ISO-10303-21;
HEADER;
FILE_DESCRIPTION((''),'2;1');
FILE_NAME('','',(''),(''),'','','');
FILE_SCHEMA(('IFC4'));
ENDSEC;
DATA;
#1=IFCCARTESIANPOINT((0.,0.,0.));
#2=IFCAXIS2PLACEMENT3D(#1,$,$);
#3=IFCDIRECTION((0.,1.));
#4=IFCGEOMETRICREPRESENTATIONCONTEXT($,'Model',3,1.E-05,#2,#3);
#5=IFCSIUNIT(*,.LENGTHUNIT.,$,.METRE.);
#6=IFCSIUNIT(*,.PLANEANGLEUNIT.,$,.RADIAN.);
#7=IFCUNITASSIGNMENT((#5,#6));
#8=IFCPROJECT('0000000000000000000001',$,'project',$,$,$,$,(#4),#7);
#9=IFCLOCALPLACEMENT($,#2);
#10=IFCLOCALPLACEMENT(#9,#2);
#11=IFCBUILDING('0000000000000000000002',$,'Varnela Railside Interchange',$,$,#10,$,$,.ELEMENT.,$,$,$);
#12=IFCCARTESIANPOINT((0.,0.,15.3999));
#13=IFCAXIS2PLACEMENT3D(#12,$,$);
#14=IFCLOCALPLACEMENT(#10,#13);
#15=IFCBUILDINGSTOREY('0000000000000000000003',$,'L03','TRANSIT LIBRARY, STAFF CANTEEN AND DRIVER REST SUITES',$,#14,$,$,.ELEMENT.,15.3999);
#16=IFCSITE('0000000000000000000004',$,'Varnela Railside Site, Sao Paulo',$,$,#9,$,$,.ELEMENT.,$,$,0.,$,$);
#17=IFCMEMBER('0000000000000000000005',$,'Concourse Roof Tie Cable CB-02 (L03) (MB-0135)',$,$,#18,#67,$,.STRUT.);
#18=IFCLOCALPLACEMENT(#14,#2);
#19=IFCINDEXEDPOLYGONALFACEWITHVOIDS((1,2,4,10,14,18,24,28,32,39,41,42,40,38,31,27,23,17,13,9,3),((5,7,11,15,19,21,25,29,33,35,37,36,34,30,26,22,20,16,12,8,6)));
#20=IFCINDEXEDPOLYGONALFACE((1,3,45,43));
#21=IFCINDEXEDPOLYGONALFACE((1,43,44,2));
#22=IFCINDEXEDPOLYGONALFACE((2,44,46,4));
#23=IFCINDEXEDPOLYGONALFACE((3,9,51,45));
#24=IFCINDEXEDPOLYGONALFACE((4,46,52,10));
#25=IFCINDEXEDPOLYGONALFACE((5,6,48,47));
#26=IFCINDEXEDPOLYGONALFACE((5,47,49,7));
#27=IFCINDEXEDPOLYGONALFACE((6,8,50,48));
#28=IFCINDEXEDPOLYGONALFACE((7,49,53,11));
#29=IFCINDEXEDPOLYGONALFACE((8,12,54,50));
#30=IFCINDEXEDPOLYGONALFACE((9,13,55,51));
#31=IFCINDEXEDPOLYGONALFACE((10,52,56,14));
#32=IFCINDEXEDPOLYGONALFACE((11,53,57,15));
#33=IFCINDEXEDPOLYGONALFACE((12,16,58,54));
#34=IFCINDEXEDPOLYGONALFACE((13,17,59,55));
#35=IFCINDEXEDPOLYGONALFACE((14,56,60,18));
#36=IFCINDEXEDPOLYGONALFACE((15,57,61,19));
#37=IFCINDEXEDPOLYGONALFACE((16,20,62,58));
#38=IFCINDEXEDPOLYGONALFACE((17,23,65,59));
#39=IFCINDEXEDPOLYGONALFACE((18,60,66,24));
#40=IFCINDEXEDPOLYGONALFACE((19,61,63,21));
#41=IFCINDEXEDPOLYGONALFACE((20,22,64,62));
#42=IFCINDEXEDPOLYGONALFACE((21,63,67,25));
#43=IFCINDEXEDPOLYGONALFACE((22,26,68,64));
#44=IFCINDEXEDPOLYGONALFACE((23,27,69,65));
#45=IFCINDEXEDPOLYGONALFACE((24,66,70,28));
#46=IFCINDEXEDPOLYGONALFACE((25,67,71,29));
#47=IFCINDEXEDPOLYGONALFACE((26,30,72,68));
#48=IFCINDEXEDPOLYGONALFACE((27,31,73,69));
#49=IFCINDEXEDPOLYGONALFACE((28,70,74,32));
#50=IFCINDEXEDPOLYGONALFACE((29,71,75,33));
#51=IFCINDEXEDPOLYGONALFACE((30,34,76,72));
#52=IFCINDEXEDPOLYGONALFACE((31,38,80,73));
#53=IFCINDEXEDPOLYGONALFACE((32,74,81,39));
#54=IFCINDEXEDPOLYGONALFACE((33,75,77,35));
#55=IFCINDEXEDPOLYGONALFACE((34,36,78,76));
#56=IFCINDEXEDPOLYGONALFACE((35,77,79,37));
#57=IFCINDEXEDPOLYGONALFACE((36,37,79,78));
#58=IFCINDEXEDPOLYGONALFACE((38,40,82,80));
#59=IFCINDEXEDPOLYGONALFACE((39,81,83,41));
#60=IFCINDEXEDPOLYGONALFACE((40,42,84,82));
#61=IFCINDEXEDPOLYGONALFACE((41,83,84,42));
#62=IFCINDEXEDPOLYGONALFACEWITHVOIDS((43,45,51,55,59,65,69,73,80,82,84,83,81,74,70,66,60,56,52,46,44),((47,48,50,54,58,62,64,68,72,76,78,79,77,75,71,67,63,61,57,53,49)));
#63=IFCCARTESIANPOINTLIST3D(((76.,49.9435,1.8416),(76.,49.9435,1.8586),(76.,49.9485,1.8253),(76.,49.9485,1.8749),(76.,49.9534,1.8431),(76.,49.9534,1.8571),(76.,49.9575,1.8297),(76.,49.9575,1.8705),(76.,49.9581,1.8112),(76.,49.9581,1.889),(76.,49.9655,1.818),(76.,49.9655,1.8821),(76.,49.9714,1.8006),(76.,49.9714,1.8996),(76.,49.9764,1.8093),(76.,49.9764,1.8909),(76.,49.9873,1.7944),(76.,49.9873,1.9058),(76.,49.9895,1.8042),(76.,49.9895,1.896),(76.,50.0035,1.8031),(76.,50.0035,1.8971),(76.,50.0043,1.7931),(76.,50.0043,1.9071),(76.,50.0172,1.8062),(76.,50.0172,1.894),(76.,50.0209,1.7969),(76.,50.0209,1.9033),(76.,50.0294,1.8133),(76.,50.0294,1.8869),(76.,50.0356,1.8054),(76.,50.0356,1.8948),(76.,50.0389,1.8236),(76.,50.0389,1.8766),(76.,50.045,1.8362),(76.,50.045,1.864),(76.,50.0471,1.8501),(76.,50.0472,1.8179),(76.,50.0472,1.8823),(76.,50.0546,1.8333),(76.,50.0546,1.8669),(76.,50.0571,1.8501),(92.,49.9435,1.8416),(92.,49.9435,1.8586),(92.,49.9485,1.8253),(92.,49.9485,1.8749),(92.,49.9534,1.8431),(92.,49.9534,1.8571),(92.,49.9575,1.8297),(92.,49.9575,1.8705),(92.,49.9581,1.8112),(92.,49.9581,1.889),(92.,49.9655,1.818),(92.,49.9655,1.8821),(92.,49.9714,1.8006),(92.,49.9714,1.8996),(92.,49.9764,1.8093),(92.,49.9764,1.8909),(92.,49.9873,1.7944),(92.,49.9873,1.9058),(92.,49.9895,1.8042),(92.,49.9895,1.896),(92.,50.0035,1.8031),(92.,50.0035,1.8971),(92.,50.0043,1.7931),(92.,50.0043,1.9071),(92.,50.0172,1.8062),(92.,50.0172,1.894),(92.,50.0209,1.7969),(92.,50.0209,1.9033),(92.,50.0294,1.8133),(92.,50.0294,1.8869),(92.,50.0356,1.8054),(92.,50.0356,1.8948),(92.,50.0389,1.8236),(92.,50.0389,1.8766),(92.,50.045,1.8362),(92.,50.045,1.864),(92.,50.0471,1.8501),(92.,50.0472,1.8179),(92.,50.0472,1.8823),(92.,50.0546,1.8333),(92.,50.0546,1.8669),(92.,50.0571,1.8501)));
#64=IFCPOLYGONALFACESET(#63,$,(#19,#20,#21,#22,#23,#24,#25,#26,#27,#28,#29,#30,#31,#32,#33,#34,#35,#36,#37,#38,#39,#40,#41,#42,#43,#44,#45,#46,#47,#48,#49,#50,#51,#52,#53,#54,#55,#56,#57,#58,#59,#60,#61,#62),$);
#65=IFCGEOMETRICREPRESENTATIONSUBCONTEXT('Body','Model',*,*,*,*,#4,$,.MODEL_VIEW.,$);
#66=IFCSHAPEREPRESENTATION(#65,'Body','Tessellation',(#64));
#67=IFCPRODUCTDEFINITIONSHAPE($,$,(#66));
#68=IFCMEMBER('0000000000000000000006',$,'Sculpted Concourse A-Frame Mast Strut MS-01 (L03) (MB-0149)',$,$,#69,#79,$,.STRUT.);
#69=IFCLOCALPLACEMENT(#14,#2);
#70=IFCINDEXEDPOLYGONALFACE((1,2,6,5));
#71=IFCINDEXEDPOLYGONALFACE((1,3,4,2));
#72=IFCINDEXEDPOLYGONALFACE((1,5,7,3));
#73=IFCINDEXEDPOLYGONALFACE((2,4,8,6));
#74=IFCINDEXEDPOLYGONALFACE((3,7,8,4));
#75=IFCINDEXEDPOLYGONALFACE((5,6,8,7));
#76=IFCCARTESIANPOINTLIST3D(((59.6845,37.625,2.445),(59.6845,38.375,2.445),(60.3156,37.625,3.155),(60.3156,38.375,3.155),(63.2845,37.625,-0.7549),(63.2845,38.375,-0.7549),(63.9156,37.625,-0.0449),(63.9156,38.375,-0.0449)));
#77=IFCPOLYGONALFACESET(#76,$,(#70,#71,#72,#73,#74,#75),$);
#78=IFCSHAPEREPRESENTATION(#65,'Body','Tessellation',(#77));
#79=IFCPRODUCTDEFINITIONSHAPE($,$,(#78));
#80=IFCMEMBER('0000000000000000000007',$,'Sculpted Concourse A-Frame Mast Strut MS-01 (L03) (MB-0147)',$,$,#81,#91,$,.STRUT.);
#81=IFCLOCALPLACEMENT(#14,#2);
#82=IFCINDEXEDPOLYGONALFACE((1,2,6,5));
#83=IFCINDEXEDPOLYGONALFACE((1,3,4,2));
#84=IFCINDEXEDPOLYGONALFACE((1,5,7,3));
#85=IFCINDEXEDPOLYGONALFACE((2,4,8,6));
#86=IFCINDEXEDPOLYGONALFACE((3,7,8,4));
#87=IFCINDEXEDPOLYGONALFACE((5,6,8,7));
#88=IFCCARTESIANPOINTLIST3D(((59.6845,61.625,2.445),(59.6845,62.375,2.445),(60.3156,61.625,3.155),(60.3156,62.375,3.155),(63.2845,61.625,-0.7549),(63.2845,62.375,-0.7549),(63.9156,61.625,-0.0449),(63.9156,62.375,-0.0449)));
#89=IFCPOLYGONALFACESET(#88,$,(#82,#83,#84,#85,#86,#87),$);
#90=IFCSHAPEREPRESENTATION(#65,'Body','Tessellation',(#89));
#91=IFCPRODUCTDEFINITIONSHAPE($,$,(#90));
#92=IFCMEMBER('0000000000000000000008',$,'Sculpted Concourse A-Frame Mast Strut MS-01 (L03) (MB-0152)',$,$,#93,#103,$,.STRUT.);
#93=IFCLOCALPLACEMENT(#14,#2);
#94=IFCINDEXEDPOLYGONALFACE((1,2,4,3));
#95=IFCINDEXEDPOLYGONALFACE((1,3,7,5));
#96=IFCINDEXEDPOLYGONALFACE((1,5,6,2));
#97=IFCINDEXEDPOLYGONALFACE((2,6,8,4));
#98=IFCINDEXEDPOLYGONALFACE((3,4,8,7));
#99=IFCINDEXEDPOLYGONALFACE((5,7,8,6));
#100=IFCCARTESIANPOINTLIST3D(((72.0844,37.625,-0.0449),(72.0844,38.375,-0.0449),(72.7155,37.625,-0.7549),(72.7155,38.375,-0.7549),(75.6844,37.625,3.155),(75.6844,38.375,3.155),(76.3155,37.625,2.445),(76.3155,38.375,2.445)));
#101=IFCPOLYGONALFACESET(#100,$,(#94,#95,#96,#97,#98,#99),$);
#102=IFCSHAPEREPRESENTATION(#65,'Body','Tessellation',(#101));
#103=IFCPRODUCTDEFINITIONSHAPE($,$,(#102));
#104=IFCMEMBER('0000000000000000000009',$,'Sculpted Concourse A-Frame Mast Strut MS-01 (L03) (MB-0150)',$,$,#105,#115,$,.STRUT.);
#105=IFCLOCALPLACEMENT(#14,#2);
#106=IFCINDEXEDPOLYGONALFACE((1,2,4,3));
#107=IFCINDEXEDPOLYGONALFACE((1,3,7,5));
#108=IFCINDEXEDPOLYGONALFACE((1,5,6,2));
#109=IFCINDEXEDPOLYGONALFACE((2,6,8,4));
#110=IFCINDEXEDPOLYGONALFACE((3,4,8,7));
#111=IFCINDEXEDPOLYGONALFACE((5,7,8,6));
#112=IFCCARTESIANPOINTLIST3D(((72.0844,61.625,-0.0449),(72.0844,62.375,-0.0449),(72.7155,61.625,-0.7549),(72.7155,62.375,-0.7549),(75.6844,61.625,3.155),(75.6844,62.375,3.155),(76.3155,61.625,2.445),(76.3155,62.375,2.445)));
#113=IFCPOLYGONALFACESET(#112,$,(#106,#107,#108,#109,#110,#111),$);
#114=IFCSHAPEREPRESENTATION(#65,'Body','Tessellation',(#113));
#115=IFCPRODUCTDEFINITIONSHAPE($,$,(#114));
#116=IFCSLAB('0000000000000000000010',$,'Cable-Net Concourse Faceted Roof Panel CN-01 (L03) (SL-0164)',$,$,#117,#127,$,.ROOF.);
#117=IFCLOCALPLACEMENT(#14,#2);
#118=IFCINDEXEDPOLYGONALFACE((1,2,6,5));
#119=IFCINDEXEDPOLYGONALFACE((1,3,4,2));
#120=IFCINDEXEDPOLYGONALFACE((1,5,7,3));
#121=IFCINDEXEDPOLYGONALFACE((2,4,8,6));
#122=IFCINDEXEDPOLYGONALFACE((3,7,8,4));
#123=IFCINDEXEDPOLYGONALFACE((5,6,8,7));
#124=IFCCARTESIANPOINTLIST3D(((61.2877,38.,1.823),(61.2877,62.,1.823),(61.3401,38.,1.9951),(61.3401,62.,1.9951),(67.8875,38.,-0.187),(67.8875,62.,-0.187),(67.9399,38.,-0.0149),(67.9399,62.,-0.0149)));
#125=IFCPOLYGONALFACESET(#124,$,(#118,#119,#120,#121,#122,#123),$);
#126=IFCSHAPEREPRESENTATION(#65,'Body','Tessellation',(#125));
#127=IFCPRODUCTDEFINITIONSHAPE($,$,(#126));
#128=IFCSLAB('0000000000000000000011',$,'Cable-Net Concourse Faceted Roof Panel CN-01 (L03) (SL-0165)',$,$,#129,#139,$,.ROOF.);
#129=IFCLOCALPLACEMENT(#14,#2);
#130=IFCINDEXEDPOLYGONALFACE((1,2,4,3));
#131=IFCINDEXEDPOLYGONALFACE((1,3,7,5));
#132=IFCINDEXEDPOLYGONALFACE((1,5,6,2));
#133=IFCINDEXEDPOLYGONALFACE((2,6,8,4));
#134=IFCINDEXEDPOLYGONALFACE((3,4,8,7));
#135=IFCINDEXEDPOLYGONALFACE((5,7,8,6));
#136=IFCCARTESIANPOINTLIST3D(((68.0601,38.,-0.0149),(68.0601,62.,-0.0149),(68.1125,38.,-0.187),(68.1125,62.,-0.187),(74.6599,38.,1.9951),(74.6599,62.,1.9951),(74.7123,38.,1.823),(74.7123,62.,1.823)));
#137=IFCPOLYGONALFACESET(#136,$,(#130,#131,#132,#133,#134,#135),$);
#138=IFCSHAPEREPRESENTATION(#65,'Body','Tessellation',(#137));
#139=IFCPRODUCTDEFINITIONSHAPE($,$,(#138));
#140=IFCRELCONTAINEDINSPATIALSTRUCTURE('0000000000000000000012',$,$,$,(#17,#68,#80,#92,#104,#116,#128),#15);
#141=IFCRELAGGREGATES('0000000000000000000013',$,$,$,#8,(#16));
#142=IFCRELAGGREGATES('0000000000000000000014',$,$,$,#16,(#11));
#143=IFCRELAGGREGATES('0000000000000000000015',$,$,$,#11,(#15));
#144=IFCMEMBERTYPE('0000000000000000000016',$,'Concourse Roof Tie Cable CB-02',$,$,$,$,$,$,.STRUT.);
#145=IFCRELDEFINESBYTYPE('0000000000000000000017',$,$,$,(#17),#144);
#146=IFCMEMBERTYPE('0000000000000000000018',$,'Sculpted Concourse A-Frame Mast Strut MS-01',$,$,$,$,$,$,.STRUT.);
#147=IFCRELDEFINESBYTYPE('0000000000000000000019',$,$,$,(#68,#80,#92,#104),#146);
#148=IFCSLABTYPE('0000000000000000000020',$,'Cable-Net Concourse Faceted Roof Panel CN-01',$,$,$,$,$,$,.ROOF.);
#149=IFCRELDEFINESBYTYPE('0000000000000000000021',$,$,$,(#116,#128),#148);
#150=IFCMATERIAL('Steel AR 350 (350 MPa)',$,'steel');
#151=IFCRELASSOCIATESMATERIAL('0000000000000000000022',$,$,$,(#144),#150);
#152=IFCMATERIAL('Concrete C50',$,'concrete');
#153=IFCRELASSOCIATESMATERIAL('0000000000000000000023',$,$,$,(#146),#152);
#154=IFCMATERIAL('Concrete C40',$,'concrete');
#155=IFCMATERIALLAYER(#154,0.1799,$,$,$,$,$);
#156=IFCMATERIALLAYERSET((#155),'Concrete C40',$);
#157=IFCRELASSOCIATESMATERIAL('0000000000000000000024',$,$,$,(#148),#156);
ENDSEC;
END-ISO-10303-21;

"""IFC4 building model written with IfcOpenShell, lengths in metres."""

from ifc_helpers import new_model, si_unit, direction, frame, origin, origin_2d, place, context, subcontext, project, spatial, polyline, rectangle, hollow_circle, outline, extrude, material, layer, layer_set, material_profile, profile_set, type_object, element, save


model = new_model("IFC4")

# Units and contexts
model_context = context("Model", 3, precision=1e-05, world=origin(), true_north=direction((0.0, 1.0)))
body_context = subcontext(model_context, "Body", "Model", "MODEL_VIEW")
ifc_project = project(units=[si_unit("LENGTHUNIT", "METRE"), si_unit("PLANEANGLEUNIT", "RADIAN")], contexts=[model_context])

# Site, building, storey
site_placement = place(None, origin())
site = spatial("IfcSite", under=ifc_project, at=site_placement, Name="Varnela Railside Site, Sao Paulo", CompositionType="ELEMENT", RefElevation=0.0)
building_placement = place(site_placement, origin())
building = spatial("IfcBuilding", under=site, at=building_placement, Name="Varnela Railside Interchange", CompositionType="ELEMENT")
storey_placement = place(building_placement, frame((0.0, 0.0, 15.3999)))
storey = spatial("IfcBuildingStorey", under=building, at=storey_placement, Name="L03", Description="TRANSIT LIBRARY, STAFF CANTEEN AND DRIVER REST SUITES", CompositionType="ELEMENT", Elevation=15.3999)

# Shared definitions
ifc_material_1 = material(Name="Concrete C40", Category="concrete")

# Members
ifc_material_2 = material(Name="Steel AR 350 (350 MPa)", Category="steel")
ifc_material_profile_1 = material_profile(ifc_material_2, hollow_circle(Radius=0.0571, WallThickness=0.01, at=origin_2d()), Name="CHS 114.3x10")
ifc_profile_set_1 = profile_set([ifc_material_profile_1], Name="Steel AR 350 (350 MPa)")
member_type_1 = type_object("IfcMemberType", Name="Concourse Roof Tie Cable CB-02", PredefinedType="STRUT", material=ifc_profile_set_1)
for number, where, z_axis, x_axis, name in (
    (1, (76.0, 50.0, 1.8501), (1.0, 0.0, 0.0), (0.0, 1.0, 0.0), "Concourse Roof Tie Cable CB-02 (L03) (MB-0135)"),
):
    element("IfcMember", number, at=place(storey_placement, frame(where, z_axis=z_axis, x_axis=x_axis)), inside=storey, type_object=member_type_1, Name=name, PredefinedType="STRUT", context=body_context, shape_type="SweptSolid", body=[
        extrude(hollow_circle(Radius=0.0571, WallThickness=0.01, at=origin_2d()), origin(), (0.0, 0.0, 1.0), 16.0),
    ])
ifc_material_3 = material(Name="Concrete C50", Category="concrete")
ifc_material_profile_2 = material_profile(ifc_material_3, rectangle(XDim=0.75, YDim=0.95, at=origin_2d()), Name="RC 750x950")
ifc_profile_set_2 = profile_set([ifc_material_profile_2], Name="Concrete C50")
member_type_2 = type_object("IfcMemberType", Name="Sculpted Concourse A-Frame Mast Strut MS-01", PredefinedType="STRUT", material=ifc_profile_set_2)
for number, where, z_axis, x_axis, name in (
    (2, (63.6001, 38.0, -0.3999), (-0.747423, 0.0, 0.664348), (0.0, -1.0, 0.0), "Sculpted Concourse A-Frame Mast Strut MS-01 (L03) (MB-0149)"),
    (3, (63.6001, 62.0, -0.3999), (-0.747423, 0.0, 0.664348), (0.0, -1.0, 0.0), "Sculpted Concourse A-Frame Mast Strut MS-01 (L03) (MB-0147)"),
    (4, (72.3999, 38.0, -0.3999), (0.747423, 0.0, 0.664348), (0.0, 1.0, 0.0), "Sculpted Concourse A-Frame Mast Strut MS-01 (L03) (MB-0152)"),
    (5, (72.3999, 62.0, -0.3999), (0.747423, 0.0, 0.664348), (0.0, 1.0, 0.0), "Sculpted Concourse A-Frame Mast Strut MS-01 (L03) (MB-0150)"),
):
    element("IfcMember", number, at=place(storey_placement, frame(where, z_axis=z_axis, x_axis=x_axis)), inside=storey, type_object=member_type_2, Name=name, PredefinedType="STRUT", context=body_context, shape_type="SweptSolid", body=[
        extrude(rectangle(XDim=0.75, YDim=0.95, at=origin_2d()), origin(), (0.0, 0.0, 1.0), 4.8167),
    ])

# Slabs
ifc_layer = layer(ifc_material_1, 0.1799)
ifc_layer_set = layer_set([ifc_layer], Name="Concrete C40")
slab_type = type_object("IfcSlabType", Name="Cable-Net Concourse Faceted Roof Panel CN-01", PredefinedType="ROOF", material=ifc_layer_set)
for number, where, z_axis, x_axis, name in (
    (6, (61.3401, 38.0, 1.9951), (0.291342, 0.0, 0.956619), (0.956619, 0.0, -0.291342), "Cable-Net Concourse Faceted Roof Panel CN-01 (L03) (SL-0164)"),
    (7, (68.0601, 38.0, -0.0149), (-0.291342, 0.0, 0.956619), (0.956619, 0.0, 0.291342), "Cable-Net Concourse Faceted Roof Panel CN-01 (L03) (SL-0165)"),
):
    element("IfcSlab", number, at=place(storey_placement, frame(where, z_axis=z_axis, x_axis=x_axis)), inside=storey, type_object=slab_type, Name=name, PredefinedType="ROOF", context=body_context, shape_type="SweptSolid", body=[
        extrude(outline(polyline([(0.0, 0.0), (6.8991, 0.0), (6.8991, 24.0), (0.0, 24.0), (0.0, 0.0)])), origin(), (0.0, 0.0, -1.0), 0.1799),
    ])

save(model, "model.ifc")
